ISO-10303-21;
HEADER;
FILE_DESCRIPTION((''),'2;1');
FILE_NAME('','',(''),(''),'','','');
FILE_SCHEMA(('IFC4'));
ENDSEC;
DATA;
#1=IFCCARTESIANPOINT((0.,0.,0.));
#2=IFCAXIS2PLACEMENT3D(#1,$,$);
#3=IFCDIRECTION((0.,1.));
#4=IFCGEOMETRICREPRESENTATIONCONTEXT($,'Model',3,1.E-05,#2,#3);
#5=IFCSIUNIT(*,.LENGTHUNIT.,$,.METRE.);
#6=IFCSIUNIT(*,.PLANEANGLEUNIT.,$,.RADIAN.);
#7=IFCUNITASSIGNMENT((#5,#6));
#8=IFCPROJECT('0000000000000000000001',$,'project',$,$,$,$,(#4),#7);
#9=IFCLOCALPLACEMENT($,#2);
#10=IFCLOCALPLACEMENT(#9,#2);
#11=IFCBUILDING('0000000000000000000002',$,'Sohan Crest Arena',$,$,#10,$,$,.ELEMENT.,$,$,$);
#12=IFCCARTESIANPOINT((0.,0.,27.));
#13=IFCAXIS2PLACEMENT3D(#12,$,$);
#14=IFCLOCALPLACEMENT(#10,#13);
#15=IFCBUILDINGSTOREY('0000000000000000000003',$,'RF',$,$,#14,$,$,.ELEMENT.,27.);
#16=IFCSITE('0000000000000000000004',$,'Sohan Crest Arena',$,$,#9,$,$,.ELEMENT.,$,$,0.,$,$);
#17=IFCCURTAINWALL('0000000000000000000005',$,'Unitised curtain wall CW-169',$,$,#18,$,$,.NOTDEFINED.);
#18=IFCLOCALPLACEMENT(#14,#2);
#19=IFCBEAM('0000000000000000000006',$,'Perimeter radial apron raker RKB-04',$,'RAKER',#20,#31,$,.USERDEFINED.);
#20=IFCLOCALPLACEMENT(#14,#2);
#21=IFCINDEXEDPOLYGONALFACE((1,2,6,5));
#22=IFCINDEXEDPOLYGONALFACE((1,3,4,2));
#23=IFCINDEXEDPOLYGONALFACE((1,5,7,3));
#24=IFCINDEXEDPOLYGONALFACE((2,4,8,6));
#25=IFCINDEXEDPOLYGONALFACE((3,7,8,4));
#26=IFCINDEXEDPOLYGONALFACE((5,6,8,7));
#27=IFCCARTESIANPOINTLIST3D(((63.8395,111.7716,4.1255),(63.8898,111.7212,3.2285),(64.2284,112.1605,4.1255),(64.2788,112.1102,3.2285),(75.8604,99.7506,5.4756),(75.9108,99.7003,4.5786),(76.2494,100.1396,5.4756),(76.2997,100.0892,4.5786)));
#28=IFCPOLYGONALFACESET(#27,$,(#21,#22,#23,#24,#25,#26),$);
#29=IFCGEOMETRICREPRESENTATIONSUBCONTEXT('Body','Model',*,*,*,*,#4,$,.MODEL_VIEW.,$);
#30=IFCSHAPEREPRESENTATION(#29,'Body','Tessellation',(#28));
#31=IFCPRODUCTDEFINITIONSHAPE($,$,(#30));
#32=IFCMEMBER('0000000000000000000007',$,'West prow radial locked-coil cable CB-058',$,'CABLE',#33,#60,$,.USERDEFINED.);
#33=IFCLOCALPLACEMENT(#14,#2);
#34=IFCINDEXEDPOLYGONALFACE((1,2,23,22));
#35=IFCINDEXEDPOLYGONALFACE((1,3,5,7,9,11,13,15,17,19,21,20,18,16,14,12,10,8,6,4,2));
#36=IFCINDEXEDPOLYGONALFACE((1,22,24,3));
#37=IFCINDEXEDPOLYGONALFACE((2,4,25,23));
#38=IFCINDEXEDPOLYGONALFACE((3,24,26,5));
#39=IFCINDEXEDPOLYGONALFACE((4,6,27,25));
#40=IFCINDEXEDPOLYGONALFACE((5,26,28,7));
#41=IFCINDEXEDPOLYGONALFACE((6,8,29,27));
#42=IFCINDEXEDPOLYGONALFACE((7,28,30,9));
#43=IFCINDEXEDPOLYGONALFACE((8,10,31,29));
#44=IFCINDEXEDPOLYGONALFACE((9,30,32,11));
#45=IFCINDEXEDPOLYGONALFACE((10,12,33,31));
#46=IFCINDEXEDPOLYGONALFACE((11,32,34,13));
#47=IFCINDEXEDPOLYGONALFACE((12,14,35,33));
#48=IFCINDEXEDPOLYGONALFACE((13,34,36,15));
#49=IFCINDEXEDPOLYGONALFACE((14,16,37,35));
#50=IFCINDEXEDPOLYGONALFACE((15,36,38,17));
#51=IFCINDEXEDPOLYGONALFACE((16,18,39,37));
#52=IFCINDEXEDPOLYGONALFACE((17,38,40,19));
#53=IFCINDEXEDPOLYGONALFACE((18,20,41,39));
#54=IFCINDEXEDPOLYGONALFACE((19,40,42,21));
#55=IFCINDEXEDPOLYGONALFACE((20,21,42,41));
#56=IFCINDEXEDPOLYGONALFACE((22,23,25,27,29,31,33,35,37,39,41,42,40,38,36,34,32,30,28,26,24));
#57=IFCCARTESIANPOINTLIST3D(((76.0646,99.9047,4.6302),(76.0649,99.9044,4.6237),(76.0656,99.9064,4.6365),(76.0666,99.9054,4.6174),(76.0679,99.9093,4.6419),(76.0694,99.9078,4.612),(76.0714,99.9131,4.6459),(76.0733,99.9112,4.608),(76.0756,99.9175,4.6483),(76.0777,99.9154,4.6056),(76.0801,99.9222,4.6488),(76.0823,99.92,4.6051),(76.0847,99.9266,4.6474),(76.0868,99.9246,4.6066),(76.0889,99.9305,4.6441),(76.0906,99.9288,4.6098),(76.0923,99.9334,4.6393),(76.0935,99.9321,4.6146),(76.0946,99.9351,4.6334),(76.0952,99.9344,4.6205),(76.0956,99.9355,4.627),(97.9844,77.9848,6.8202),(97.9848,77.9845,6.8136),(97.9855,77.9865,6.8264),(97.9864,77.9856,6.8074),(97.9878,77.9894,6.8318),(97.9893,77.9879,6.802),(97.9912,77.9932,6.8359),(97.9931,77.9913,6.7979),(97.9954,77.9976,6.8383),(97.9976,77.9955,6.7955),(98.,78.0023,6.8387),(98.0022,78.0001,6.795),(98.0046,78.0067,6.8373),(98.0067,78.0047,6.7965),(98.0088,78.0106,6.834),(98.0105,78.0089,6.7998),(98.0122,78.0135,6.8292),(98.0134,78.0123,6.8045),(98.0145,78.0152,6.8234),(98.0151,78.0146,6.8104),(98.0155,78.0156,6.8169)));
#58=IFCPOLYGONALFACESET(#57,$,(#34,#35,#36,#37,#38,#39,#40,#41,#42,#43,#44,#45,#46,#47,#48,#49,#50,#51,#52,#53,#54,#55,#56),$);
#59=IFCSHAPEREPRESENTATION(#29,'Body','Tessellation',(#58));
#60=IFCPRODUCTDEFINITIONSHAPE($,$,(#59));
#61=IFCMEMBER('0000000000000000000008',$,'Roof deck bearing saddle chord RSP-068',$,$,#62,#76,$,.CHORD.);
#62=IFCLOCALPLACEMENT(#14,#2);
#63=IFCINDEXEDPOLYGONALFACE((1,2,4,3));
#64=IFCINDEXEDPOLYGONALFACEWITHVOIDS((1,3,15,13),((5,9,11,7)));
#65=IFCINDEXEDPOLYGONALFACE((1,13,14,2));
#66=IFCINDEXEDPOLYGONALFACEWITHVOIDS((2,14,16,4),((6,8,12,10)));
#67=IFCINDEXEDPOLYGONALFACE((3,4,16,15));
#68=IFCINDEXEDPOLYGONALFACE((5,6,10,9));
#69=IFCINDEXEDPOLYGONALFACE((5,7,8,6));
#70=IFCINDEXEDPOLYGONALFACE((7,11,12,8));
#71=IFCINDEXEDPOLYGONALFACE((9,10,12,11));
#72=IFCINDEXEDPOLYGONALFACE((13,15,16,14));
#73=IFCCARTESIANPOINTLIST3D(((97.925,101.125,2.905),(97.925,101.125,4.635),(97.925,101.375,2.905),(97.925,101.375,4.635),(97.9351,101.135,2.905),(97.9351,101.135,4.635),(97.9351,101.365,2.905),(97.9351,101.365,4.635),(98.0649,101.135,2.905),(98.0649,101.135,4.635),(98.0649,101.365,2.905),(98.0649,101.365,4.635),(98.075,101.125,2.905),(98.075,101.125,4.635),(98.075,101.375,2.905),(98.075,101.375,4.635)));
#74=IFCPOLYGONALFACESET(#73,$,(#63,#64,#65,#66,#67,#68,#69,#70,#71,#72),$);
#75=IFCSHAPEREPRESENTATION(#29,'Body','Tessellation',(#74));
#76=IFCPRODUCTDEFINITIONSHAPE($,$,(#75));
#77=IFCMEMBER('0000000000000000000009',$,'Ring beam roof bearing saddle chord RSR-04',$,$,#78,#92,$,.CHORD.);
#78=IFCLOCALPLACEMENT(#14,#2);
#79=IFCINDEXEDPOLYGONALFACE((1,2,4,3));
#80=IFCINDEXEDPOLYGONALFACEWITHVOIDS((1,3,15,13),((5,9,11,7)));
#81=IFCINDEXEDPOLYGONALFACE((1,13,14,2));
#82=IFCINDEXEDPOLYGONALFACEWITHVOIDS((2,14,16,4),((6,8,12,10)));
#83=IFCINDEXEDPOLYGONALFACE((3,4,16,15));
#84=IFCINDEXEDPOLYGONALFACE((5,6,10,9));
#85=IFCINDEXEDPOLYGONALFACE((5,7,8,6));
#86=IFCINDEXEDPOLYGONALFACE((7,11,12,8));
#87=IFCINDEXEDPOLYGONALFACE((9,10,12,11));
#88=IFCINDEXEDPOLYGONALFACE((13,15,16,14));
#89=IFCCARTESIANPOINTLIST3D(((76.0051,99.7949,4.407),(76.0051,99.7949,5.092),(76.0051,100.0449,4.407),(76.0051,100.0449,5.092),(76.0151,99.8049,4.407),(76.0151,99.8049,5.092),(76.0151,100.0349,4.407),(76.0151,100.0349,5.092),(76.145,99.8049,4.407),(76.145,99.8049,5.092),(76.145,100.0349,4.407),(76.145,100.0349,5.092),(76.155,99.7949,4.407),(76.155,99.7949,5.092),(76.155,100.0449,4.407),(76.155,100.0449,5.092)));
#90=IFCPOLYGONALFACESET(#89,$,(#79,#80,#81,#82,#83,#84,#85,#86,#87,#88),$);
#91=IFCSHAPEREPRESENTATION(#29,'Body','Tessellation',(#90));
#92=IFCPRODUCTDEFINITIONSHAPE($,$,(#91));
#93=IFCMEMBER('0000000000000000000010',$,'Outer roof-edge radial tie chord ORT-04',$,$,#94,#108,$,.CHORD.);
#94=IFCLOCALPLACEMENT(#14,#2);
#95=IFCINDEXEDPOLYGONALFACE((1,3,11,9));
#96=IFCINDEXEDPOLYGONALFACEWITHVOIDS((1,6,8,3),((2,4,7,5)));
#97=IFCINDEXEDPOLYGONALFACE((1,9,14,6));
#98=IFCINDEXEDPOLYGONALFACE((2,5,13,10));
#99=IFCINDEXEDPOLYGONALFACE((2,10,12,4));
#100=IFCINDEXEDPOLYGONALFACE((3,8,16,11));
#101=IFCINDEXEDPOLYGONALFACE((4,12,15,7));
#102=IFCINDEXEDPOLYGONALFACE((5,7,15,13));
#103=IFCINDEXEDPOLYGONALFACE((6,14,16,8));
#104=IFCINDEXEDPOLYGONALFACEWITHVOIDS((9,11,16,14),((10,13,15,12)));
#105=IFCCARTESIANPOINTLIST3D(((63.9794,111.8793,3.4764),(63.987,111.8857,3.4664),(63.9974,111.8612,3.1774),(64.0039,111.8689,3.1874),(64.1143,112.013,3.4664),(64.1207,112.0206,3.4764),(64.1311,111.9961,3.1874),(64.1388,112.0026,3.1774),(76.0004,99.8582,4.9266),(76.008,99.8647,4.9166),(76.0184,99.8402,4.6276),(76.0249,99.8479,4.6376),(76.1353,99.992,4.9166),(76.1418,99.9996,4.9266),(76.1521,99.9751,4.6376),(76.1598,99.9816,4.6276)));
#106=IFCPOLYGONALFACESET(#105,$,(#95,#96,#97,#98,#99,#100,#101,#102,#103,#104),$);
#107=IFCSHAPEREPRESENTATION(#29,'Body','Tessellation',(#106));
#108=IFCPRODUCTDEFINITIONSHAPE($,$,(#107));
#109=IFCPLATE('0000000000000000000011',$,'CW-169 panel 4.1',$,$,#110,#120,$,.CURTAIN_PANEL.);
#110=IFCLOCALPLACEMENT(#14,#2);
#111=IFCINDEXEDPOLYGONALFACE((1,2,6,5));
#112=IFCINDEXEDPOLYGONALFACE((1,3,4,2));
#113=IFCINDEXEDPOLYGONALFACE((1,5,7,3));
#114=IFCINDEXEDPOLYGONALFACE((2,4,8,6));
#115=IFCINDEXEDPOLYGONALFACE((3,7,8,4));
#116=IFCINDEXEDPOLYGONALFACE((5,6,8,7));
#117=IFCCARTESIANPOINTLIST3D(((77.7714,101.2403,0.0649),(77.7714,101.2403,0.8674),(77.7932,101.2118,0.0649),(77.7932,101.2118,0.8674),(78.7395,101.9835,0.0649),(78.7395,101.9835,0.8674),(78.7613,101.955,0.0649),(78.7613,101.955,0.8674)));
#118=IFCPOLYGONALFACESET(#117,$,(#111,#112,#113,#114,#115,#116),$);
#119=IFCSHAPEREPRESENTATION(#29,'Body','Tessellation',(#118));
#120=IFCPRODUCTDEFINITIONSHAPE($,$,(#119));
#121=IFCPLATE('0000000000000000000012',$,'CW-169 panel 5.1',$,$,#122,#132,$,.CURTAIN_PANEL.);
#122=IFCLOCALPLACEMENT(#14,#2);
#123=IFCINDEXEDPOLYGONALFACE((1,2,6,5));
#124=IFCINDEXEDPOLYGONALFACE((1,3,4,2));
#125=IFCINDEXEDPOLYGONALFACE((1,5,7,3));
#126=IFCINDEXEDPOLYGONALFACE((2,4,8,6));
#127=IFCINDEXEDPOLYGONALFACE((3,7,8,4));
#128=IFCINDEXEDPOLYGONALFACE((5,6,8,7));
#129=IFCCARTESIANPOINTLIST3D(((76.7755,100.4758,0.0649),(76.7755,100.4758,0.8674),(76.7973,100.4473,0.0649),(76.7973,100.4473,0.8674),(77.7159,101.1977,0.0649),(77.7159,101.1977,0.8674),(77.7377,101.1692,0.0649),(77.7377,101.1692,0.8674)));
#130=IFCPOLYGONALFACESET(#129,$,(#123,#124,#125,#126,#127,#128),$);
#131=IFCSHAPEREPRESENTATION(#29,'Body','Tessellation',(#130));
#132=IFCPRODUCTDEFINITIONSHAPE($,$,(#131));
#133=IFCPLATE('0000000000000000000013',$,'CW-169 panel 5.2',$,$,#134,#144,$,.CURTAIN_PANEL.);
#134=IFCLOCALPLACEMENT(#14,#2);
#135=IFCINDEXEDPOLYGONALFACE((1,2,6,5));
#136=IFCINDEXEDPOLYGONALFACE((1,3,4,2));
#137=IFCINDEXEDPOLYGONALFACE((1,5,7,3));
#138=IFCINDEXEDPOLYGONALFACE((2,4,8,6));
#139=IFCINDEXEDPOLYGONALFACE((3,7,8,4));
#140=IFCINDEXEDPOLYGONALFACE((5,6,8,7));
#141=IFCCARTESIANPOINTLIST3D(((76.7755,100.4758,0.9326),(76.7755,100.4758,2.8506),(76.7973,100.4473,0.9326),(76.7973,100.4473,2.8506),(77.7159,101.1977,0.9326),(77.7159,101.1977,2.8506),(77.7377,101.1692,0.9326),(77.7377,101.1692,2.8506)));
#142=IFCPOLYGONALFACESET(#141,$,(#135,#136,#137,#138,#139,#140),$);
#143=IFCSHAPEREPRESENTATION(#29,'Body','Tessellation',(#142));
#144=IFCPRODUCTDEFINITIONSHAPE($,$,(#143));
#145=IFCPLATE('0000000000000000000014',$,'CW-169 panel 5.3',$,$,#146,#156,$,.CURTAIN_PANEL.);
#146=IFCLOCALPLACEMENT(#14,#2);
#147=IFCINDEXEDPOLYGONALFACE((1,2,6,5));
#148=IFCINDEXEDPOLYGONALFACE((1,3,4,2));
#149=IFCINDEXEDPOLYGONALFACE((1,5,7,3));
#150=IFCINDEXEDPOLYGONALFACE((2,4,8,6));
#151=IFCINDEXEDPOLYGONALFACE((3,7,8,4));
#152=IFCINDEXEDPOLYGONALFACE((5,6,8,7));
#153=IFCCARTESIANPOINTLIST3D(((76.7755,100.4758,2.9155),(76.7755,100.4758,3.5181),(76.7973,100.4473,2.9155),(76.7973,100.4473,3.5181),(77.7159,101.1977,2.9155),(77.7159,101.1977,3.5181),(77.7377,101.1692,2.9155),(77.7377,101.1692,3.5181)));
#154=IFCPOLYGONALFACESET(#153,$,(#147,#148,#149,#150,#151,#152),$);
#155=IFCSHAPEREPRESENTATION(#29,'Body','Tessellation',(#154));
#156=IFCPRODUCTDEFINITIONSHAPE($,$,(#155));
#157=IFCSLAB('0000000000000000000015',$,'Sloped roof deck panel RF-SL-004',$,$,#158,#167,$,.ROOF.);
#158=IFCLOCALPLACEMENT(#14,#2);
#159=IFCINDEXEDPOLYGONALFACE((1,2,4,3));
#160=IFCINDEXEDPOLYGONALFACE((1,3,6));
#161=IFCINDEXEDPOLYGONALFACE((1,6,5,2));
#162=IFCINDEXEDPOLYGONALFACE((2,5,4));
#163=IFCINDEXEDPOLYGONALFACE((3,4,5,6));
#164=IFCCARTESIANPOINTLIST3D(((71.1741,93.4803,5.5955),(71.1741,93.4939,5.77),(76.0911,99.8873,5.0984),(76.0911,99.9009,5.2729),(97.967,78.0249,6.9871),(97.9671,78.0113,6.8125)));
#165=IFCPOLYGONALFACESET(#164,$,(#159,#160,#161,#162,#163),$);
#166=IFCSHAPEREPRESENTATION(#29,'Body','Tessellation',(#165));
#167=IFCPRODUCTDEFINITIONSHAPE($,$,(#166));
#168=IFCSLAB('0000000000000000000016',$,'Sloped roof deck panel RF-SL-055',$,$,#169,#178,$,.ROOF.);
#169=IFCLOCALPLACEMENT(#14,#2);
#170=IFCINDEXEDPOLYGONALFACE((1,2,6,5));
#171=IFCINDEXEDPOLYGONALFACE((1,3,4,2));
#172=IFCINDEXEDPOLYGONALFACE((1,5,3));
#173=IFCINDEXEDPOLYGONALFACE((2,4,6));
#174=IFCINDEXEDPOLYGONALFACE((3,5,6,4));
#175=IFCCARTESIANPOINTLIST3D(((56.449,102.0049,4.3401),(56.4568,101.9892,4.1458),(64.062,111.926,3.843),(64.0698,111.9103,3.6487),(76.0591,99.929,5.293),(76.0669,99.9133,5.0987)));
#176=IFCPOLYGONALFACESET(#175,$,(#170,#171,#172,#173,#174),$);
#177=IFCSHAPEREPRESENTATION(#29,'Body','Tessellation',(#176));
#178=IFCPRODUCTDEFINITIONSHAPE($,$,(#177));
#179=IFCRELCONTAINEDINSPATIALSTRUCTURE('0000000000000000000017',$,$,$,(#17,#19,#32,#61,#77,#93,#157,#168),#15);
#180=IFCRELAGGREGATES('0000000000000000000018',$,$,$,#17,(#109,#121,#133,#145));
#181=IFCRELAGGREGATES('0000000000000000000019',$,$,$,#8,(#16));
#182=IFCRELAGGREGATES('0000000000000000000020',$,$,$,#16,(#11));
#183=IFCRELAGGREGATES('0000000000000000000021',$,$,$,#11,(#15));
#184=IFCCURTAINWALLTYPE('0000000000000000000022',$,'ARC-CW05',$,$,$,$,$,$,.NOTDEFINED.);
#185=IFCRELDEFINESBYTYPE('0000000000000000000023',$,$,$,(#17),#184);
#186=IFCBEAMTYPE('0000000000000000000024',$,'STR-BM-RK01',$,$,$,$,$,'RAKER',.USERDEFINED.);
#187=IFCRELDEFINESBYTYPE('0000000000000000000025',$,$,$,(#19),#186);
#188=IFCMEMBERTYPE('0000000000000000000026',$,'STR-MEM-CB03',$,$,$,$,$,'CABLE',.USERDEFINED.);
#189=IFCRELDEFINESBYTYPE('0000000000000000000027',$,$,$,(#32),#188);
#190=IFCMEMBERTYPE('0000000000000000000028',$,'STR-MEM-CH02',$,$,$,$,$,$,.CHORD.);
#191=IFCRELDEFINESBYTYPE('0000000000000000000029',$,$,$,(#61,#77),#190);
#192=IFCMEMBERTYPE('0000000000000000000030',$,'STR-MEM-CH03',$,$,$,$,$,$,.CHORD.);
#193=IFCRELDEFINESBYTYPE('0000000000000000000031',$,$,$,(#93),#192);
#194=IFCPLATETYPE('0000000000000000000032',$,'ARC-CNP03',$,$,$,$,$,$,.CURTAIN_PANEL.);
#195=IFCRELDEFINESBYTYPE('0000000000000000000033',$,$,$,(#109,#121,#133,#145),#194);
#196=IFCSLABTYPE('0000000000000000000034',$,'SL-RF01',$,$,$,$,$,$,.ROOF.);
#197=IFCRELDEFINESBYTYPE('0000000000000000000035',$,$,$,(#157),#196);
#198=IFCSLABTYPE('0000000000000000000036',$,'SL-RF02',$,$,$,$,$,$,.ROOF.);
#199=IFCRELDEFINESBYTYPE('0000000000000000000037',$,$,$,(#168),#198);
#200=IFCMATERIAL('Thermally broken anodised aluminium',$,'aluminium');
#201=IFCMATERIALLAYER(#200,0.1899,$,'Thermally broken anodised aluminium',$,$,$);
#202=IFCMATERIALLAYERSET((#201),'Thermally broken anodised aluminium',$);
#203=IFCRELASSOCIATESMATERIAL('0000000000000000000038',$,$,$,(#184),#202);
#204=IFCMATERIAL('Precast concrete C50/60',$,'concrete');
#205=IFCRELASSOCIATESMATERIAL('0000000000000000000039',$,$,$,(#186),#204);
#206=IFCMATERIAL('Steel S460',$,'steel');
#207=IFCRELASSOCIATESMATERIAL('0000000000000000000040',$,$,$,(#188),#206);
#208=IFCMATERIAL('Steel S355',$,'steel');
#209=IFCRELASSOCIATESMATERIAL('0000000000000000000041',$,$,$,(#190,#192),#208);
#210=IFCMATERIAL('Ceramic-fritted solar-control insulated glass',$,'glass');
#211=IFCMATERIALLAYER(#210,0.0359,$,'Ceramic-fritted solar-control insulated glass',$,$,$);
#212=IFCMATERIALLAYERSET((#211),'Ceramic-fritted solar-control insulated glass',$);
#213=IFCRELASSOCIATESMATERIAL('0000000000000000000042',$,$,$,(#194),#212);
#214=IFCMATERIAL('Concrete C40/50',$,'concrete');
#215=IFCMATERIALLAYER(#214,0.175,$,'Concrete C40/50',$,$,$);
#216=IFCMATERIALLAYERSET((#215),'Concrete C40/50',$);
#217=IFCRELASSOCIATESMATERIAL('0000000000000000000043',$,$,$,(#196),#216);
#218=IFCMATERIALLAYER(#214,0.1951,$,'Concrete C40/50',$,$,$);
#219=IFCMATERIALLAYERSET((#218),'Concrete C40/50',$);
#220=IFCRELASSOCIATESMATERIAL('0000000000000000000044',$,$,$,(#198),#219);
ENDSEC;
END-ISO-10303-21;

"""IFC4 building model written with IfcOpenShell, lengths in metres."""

from ifc_helpers import new_model, si_unit, direction, frame, origin, origin_2d, place, context, subcontext, project, spatial, polyline, rectangle, hollow_rectangle, circle, outline, extrude, material, layer, layer_set, material_profile, profile_set, type_object, element, aggregate, save


model = new_model("IFC4")

# Units and contexts
model_context = context("Model", 3, precision=1e-05, world=origin(), true_north=direction((0.0, 1.0)))
body_context = subcontext(model_context, "Body", "Model", "MODEL_VIEW")
ifc_project = project(units=[si_unit("LENGTHUNIT", "METRE"), si_unit("PLANEANGLEUNIT", "RADIAN")], contexts=[model_context])

# Site, building, storey
site_placement = place(None, origin())
site = spatial("IfcSite", under=ifc_project, at=site_placement, Name="Sohan Crest Arena", CompositionType="ELEMENT", RefElevation=0.0)
building_placement = place(site_placement, origin())
building = spatial("IfcBuilding", under=site, at=building_placement, Name="Sohan Crest Arena", CompositionType="ELEMENT")
storey_placement = place(building_placement, frame((0.0, 0.0, 27.0)))
storey = spatial("IfcBuildingStorey", under=building, at=storey_placement, Name="RF", CompositionType="ELEMENT", Elevation=27.0)

# Shared definitions
ifc_material_1 = material(Name="Concrete C40/50", Category="concrete")

# Curtain wall
ifc_material_2 = material(Name="Thermally broken anodised aluminium", Category="aluminium")
ifc_layer_1 = layer(ifc_material_2, 0.1899, Name="Thermally broken anodised aluminium")
ifc_layer_set_1 = layer_set([ifc_layer_1], Name="Thermally broken anodised aluminium")
curtain_wall_type = type_object("IfcCurtainWallType", Name="ARC-CW05", PredefinedType="NOTDEFINED", material=ifc_layer_set_1)
curtain_wall_1_placement = place(storey_placement, origin())
curtain_wall_1 = element("IfcCurtainWall", 1, at=curtain_wall_1_placement, inside=storey, type_object=curtain_wall_type, Name="Unitised curtain wall CW-169", PredefinedType="NOTDEFINED")

# Beam
ifc_material_3 = material(Name="Steel S355", Category="steel")
ifc_material_4 = material(Name="Precast concrete C50/60", Category="concrete")
ifc_material_profile_1 = material_profile(ifc_material_4, rectangle(XDim=0.55, YDim=0.8999, at=origin_2d()), Name="RAKER 550x900")
ifc_profile_set_1 = profile_set([ifc_material_profile_1], Name="Precast concrete C50/60")
beam_type_1 = type_object("IfcBeamType", Name="STR-BM-RK01", ElementType="RAKER", PredefinedType="USERDEFINED", material=ifc_profile_set_1)
beam_1_placement = place(storey_placement, frame((76.0801, 99.9199, 5.0271), z_axis=(-0.704887, 0.704887, -0.079167), x_axis=(-0.707107, -0.707107, 0.0)))
element("IfcBeam", 2, at=beam_1_placement, inside=storey, type_object=beam_type_1, Name="Perimeter radial apron raker RKB-04", ObjectType="RAKER", PredefinedType="USERDEFINED", context=body_context, shape_type="SweptSolid", body=[
    extrude(rectangle(XDim=0.55, YDim=0.8999, at=origin_2d()), origin(), (0.0, 0.0, 1.0), 17.0537),
])

# Members
ifc_material_5 = material(Name="Steel S460", Category="steel")
ifc_material_profile_2 = material_profile(ifc_material_5, circle(Radius=0.022, at=origin_2d()), Name="FLC D44")
ifc_profile_set_2 = profile_set([ifc_material_profile_2], Name="Steel S460")
member_type_1 = type_object("IfcMemberType", Name="STR-MEM-CB03", ElementType="CABLE", PredefinedType="USERDEFINED", material=ifc_profile_set_2)
member_1_placement = place(storey_placement, frame((76.0801, 99.9199, 4.627), z_axis=(0.705349, -0.705349, 0.070469), x_axis=(0.707107, 0.707107, 0.0)))
element("IfcMember", 3, at=member_1_placement, inside=storey, type_object=member_type_1, Name="West prow radial locked-coil cable CB-058", ObjectType="CABLE", PredefinedType="USERDEFINED", context=body_context, shape_type="SweptSolid", body=[
    extrude(circle(Radius=0.022, at=origin_2d()), origin(), (0.0, 0.0, 1.0), 31.0767),
])
ifc_material_profile_3 = material_profile(ifc_material_3, hollow_rectangle(XDim=0.1499, YDim=0.25, WallThickness=0.01, at=origin_2d()), Name="RHS 250x150x10")
ifc_profile_set_3 = profile_set([ifc_material_profile_3], Name="Steel S355")
member_type_2 = type_object("IfcMemberType", Name="STR-MEM-CH02", PredefinedType="CHORD", material=ifc_profile_set_3)
member_2_placement = place(storey_placement, frame((98.0, 101.25, 2.905), z_axis=(0.0, 0.0, 1.0), x_axis=(1.0, 0.0, 0.0)))
element("IfcMember", 4, at=member_2_placement, inside=storey, type_object=member_type_2, Name="Roof deck bearing saddle chord RSP-068", PredefinedType="CHORD", context=body_context, shape_type="SweptSolid", body=[
    extrude(hollow_rectangle(XDim=0.1499, YDim=0.25, WallThickness=0.01, at=origin_2d()), origin(), (0.0, 0.0, 1.0), 1.73),
])
member_3_placement = place(storey_placement, frame((76.0801, 99.9199, 4.407), z_axis=(0.0, 0.0, 1.0), x_axis=(1.0, 0.0, 0.0)))
element("IfcMember", 5, at=member_3_placement, inside=storey, type_object=member_type_2, Name="Ring beam roof bearing saddle chord RSR-04", PredefinedType="CHORD", context=body_context, shape_type="SweptSolid", body=[
    extrude(hollow_rectangle(XDim=0.1499, YDim=0.25, WallThickness=0.01, at=origin_2d()), origin(), (0.0, 0.0, 1.0), 0.6851),
])
ifc_material_profile_4 = material_profile(ifc_material_3, hollow_rectangle(XDim=0.2, YDim=0.3, WallThickness=0.01, at=origin_2d()), Name="RHS 300x200x10")
ifc_profile_set_4 = profile_set([ifc_material_profile_4], Name="Steel S355")
member_type_3 = type_object("IfcMemberType", Name="STR-MEM-CH03", PredefinedType="CHORD", material=ifc_profile_set_4)
member_4_placement = place(storey_placement, frame((76.0801, 99.9199, 4.7771), z_axis=(-0.704548, 0.704548, -0.084996), x_axis=(-0.707107, -0.707107, 0.0)))
element("IfcMember", 6, at=member_4_placement, inside=storey, type_object=member_type_3, Name="Outer roof-edge radial tie chord ORT-04", PredefinedType="CHORD", context=body_context, shape_type="SweptSolid", body=[
    extrude(hollow_rectangle(XDim=0.2, YDim=0.3, WallThickness=0.01, at=origin_2d()), origin(), (0.0, 0.0, 1.0), 17.062),
])

# Plates
ifc_material_6 = material(Name="Ceramic-fritted solar-control insulated glass", Category="glass")
ifc_layer_2 = layer(ifc_material_6, 0.0359, Name="Ceramic-fritted solar-control insulated glass")
ifc_layer_set_2 = layer_set([ifc_layer_2], Name="Ceramic-fritted solar-control insulated glass")
plate_type_1 = type_object("IfcPlateType", Name="ARC-CNP03", PredefinedType="CURTAIN_PANEL", material=ifc_layer_set_2)
plate_1_placement = place(storey_placement, frame((78.2664, 101.5977, 0.0649), z_axis=(0.0, 0.0, 1.0), x_axis=(-0.793217, -0.608939, 0.0)))
plate_1 = element("IfcPlate", 7, at=plate_1_placement, type_object=plate_type_1, Name="CW-169 panel 4.1", PredefinedType="CURTAIN_PANEL", context=body_context, shape_type="SweptSolid", body=[
    extrude(rectangle(XDim=1.2205, YDim=0.0359, at=origin_2d()), origin(), (0.0, 0.0, 1.0), 0.8025),
])
plate_2_placement = place(storey_placement, frame((77.2566, 100.8225, 0.0649), z_axis=(0.0, 0.0, 1.0), x_axis=(-0.793217, -0.608939, 0.0)))
plate_2 = element("IfcPlate", 8, at=plate_2_placement, type_object=plate_type_1, Name="CW-169 panel 5.1", PredefinedType="CURTAIN_PANEL", context=body_context, shape_type="SweptSolid", body=[
    extrude(rectangle(XDim=1.1855, YDim=0.0359, at=origin_2d()), origin(), (0.0, 0.0, 1.0), 0.8025),
])
plate_3_placement = place(storey_placement, frame((77.2566, 100.8225, 0.9326), z_axis=(0.0, 0.0, 1.0), x_axis=(-0.793217, -0.608939, 0.0)))
plate_3 = element("IfcPlate", 9, at=plate_3_placement, type_object=plate_type_1, Name="CW-169 panel 5.2", PredefinedType="CURTAIN_PANEL", context=body_context, shape_type="SweptSolid", body=[
    extrude(rectangle(XDim=1.1855, YDim=0.0359, at=origin_2d()), origin(), (0.0, 0.0, 1.0), 1.918),
])
plate_4_placement = place(storey_placement, frame((77.2566, 100.8225, 2.9155), z_axis=(0.0, 0.0, 1.0), x_axis=(-0.793217, -0.608939, 0.0)))
plate_4 = element("IfcPlate", 10, at=plate_4_placement, type_object=plate_type_1, Name="CW-169 panel 5.3", PredefinedType="CURTAIN_PANEL", context=body_context, shape_type="SweptSolid", body=[
    extrude(rectangle(XDim=1.1855, YDim=0.0359, at=origin_2d()), origin(), (0.0, 0.0, 1.0), 0.6025),
])
aggregate(curtain_wall_1, [plate_1, plate_2, plate_3, plate_4])

# Slabs
ifc_layer_3 = layer(ifc_material_1, 0.175, Name="Concrete C40/50")
ifc_layer_set_3 = layer_set([ifc_layer_3], Name="Concrete C40/50")
slab_type_1 = type_object("IfcSlabType", Name="SL-RF01", PredefinedType="ROOF", material=ifc_layer_set_3)
slab_1_placement = place(storey_placement, frame((76.0911, 99.9009, 5.2729), z_axis=(-0.000436, 0.077683, 0.996978), x_axis=(-0.607669, -0.791811, 0.061431)))
element("IfcSlab", 11, at=slab_1_placement, inside=storey, type_object=slab_type_1, Name="Sloped roof deck panel RF-SL-004", PredefinedType="ROOF", context=body_context, shape_type="SweptSolid", body=[
    extrude(outline(polyline([(0.0, 0.0), (8.0916, 0.0), (4.1336, 30.7078), (0.0, 0.0)])), origin(), (0.0, 0.0, -1.0), 0.175),
])
ifc_layer_4 = layer(ifc_material_1, 0.1951, Name="Concrete C40/50")
ifc_layer_set_4 = layer_set([ifc_layer_4], Name="Concrete C40/50")
slab_type_2 = type_object("IfcSlabType", Name="SL-RF02", PredefinedType="ROOF", material=ifc_layer_set_4)
slab_2_placement = place(storey_placement, frame((76.0591, 99.929, 5.293), z_axis=(-0.039873, 0.080497, 0.995957), x_axis=(-0.704539, 0.704539, -0.08515)))
element("IfcSlab", 12, at=slab_2_placement, inside=storey, type_object=slab_type_2, Name="Sloped roof deck panel RF-SL-055", PredefinedType="ROOF", context=body_context, shape_type="SweptSolid", body=[
    extrude(outline(polyline([(0.0, 0.0), (17.0283, 0.0), (15.3598, 12.4037), (0.0, 0.0)])), origin(), (0.0, 0.0, -1.0), 0.1951),
])

save(model, "model.ifc")
